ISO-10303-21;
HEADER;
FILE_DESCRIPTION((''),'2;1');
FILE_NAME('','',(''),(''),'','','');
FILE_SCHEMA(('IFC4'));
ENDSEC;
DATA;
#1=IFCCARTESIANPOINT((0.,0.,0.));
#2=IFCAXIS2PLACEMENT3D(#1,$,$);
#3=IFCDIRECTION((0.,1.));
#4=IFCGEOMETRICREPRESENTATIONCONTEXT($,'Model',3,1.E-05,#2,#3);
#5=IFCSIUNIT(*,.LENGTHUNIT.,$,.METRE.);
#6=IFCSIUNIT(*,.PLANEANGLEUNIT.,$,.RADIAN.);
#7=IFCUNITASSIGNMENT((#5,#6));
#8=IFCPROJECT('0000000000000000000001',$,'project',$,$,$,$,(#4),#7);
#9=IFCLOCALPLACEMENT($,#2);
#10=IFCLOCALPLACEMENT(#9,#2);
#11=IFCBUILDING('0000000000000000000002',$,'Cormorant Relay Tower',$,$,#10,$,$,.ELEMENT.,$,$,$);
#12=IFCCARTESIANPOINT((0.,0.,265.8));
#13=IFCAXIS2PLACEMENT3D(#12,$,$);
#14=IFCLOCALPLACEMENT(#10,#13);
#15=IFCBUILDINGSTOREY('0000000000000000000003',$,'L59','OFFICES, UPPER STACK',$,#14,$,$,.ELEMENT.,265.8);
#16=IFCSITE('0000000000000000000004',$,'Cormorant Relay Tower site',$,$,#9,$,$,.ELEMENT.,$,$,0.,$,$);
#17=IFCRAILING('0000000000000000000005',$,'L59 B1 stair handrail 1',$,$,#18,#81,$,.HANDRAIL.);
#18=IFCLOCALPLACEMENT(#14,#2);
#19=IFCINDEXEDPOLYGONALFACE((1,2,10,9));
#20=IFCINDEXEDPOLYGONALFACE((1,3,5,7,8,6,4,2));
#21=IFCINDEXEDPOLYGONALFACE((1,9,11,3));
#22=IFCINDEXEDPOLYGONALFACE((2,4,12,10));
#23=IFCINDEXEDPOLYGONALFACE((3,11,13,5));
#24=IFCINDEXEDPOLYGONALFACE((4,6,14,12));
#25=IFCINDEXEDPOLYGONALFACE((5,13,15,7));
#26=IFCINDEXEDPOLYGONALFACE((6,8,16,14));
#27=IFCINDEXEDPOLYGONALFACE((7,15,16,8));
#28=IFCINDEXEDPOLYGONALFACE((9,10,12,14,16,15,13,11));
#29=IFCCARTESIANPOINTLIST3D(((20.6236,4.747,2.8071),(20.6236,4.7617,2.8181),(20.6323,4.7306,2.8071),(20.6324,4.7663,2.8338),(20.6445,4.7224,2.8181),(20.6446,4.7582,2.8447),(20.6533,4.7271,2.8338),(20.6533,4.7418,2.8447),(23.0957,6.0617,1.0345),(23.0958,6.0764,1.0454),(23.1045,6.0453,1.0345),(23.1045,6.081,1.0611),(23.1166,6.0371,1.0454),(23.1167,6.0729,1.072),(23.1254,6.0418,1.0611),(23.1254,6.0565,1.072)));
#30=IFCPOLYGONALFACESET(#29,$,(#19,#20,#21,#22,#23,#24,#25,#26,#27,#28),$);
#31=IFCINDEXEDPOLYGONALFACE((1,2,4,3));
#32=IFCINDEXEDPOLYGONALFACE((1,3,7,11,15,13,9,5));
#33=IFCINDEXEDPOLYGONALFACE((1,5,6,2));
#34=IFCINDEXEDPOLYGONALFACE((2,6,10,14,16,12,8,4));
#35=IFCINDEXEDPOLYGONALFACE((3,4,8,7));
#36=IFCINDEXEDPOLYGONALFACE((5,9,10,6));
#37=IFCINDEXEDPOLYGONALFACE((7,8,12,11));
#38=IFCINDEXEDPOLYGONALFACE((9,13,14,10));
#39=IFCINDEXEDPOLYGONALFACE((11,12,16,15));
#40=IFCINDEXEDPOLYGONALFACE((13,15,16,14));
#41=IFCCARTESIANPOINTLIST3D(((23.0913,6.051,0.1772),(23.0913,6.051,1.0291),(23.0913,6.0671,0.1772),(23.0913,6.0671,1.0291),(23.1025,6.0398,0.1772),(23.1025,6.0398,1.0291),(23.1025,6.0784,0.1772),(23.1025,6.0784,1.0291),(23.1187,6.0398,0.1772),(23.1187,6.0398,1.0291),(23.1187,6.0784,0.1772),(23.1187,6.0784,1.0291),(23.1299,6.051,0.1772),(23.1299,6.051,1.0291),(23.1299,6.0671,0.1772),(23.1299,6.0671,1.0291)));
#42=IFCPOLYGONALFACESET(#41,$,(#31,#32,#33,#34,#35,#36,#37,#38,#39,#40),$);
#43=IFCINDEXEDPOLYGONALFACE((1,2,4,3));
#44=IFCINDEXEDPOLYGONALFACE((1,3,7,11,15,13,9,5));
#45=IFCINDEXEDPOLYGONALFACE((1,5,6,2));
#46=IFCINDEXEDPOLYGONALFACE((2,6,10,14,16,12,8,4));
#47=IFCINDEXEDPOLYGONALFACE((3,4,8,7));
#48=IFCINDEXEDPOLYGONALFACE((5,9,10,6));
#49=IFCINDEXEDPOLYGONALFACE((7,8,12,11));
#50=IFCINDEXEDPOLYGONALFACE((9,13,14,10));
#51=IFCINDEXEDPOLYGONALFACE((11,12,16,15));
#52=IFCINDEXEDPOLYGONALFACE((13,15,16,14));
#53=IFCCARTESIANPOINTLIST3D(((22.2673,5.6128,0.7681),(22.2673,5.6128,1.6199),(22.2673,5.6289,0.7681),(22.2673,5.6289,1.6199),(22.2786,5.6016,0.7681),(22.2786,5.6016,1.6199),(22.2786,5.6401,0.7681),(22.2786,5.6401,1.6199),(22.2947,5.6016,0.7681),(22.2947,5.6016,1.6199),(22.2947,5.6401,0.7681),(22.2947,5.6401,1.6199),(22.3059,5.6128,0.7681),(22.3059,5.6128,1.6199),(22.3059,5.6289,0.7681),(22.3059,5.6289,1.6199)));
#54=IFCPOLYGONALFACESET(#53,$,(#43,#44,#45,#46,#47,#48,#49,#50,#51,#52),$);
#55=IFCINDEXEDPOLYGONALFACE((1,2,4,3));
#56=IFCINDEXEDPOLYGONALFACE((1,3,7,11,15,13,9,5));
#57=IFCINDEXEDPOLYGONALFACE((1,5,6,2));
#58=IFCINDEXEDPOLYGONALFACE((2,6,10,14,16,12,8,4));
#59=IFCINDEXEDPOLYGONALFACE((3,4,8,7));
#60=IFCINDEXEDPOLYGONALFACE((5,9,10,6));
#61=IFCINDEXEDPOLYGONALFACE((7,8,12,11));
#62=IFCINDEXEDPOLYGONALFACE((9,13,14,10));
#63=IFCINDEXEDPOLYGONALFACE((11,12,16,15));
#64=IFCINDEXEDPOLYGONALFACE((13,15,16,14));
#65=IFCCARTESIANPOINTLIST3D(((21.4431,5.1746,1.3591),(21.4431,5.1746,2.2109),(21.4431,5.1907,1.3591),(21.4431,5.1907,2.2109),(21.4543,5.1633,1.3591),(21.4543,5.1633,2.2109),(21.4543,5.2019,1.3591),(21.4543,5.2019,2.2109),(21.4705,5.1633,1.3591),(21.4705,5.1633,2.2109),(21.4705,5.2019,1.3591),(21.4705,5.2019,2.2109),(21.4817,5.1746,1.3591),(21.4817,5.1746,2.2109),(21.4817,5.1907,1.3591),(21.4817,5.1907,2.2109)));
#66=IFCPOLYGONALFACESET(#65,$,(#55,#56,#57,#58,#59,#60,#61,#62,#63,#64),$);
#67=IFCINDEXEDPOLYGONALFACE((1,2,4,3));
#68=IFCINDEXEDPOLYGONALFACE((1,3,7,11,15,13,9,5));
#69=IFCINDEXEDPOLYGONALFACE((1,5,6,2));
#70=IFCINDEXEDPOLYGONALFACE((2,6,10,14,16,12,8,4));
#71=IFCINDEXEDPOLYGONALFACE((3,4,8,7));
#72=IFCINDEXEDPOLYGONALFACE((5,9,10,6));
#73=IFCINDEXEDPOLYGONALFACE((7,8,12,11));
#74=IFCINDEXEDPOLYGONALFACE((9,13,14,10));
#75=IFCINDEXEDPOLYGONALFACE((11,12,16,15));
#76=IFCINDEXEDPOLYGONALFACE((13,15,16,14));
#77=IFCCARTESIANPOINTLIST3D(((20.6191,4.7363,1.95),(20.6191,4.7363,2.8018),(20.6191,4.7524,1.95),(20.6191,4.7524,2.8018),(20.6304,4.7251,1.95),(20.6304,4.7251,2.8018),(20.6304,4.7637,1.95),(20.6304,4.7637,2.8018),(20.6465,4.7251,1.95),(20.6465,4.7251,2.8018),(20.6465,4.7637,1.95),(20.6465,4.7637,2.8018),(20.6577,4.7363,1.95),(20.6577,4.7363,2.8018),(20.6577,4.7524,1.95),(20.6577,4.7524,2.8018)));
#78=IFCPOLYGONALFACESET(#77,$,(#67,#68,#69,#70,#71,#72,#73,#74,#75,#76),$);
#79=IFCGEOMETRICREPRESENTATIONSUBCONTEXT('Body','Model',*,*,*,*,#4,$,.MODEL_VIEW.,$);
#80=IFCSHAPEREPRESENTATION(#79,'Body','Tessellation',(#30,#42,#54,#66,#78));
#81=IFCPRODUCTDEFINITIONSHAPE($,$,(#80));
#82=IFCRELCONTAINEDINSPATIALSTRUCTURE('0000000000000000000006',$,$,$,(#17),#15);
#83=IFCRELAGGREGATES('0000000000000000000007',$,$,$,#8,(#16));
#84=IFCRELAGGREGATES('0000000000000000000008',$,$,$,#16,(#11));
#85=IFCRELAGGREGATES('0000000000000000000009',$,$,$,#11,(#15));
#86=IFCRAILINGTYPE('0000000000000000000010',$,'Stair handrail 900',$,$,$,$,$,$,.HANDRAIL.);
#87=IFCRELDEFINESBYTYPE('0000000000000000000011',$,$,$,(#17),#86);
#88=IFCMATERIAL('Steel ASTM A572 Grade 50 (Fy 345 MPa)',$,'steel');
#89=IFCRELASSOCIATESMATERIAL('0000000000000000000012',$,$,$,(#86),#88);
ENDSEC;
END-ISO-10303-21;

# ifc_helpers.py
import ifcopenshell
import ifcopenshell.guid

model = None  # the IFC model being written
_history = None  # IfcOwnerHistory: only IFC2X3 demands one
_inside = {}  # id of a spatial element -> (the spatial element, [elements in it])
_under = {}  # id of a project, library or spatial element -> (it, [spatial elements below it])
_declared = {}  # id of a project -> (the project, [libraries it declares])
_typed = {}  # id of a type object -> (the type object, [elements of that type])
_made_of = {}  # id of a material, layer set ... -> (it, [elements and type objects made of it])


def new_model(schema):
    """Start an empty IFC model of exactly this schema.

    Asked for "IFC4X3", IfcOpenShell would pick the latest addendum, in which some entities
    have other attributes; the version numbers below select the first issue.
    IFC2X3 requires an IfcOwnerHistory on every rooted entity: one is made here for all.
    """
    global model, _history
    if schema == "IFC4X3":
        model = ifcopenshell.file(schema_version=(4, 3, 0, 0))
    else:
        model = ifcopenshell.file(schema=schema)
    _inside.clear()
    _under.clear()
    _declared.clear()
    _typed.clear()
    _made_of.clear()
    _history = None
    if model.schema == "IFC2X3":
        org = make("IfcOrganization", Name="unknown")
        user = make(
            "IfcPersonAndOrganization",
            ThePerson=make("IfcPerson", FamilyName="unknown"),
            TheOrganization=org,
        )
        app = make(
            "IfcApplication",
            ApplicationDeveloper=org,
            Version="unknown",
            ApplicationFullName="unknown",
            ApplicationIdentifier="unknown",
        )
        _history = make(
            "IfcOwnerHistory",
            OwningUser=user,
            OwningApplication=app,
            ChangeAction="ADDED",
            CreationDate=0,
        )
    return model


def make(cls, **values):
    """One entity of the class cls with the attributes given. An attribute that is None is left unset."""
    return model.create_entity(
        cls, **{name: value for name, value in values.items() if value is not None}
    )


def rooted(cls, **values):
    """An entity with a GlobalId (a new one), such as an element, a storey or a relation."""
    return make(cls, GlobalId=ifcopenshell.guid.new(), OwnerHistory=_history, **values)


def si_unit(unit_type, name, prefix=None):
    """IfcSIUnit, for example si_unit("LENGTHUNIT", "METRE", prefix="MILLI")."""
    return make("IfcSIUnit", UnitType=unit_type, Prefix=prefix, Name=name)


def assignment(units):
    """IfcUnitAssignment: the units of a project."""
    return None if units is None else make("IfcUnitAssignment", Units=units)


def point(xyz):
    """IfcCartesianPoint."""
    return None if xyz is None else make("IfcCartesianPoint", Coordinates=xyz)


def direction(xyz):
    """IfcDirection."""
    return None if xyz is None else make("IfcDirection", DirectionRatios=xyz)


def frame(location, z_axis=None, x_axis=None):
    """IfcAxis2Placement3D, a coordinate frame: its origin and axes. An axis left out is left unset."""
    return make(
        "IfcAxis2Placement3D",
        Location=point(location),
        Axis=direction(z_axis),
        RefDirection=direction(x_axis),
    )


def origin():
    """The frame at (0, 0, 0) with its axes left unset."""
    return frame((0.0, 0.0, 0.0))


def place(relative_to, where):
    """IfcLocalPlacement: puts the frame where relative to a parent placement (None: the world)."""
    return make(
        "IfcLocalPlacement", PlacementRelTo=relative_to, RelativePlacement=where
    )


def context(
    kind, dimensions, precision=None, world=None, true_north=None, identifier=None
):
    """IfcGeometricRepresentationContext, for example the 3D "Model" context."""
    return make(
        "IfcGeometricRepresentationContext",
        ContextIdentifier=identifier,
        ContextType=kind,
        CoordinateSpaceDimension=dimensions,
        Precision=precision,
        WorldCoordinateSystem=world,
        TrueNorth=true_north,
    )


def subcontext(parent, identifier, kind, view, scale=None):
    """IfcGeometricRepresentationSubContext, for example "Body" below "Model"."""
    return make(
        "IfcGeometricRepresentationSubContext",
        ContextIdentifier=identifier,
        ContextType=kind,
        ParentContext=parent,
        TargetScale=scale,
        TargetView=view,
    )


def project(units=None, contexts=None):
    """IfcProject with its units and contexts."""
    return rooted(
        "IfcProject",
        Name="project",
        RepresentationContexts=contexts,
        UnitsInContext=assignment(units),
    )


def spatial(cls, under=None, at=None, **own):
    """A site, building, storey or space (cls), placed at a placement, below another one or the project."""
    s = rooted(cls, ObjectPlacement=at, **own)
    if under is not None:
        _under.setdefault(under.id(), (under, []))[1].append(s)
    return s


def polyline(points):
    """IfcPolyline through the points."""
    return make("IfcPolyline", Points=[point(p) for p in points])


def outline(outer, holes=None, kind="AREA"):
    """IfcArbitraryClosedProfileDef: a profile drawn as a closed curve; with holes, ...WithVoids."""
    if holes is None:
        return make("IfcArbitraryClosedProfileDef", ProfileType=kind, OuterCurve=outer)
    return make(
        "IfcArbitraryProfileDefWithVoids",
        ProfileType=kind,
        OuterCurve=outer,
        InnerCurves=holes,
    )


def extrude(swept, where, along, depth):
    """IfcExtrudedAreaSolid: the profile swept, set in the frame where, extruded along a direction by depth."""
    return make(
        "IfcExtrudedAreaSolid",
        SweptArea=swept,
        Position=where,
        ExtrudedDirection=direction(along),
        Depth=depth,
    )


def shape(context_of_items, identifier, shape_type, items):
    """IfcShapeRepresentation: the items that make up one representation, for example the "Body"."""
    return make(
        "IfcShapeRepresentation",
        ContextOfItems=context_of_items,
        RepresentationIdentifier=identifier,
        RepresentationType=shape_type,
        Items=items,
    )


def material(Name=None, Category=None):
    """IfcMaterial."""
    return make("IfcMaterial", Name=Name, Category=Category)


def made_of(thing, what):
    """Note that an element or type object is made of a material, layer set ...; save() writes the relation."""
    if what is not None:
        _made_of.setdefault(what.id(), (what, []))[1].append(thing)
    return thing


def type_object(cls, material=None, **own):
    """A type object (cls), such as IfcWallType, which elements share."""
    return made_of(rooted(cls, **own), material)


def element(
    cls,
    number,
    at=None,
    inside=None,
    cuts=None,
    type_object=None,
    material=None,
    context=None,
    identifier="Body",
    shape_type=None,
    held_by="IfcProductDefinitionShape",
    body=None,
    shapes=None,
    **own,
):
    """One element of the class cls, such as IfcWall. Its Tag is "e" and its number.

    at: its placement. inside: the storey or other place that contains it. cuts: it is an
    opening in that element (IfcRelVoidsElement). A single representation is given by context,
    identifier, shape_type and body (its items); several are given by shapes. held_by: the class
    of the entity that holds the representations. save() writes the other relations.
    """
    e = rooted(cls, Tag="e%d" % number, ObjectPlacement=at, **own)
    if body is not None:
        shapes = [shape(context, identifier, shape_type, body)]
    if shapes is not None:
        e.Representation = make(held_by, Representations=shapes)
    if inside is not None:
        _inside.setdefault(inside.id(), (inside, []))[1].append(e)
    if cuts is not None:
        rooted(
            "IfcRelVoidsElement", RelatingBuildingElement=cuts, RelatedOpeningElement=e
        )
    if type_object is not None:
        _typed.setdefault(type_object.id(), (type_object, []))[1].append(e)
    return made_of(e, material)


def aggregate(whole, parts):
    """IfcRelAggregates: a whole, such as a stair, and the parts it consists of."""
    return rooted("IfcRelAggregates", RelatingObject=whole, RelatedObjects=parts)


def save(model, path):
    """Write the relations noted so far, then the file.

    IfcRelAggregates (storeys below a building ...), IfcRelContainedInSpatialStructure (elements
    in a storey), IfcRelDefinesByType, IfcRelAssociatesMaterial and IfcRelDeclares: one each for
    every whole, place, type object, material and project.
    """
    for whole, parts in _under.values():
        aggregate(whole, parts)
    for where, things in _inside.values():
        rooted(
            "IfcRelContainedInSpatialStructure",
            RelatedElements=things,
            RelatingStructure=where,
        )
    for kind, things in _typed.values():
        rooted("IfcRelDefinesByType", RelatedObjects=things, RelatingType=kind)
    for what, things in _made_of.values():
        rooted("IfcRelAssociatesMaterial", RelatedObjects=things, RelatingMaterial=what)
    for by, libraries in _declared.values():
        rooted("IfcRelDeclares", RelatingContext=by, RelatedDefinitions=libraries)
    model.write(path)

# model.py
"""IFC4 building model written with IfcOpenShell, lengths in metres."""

from ifc_helpers import new_model, si_unit, direction, frame, origin, place, context, subcontext, project, spatial, polyline, outline, extrude, material, type_object, element, save


model = new_model("IFC4")

# Units and contexts
model_context = context("Model", 3, precision=1e-05, world=origin(), true_north=direction((0.0, 1.0)))
body_context = subcontext(model_context, "Body", "Model", "MODEL_VIEW")
ifc_project = project(units=[si_unit("LENGTHUNIT", "METRE"), si_unit("PLANEANGLEUNIT", "RADIAN")], contexts=[model_context])

# Site, building, storey
site_placement = place(None, origin())
site = spatial("IfcSite", under=ifc_project, at=site_placement, Name="Cormorant Relay Tower site", CompositionType="ELEMENT", RefElevation=0.0)
building_placement = place(site_placement, origin())
building = spatial("IfcBuilding", under=site, at=building_placement, Name="Cormorant Relay Tower", CompositionType="ELEMENT")
storey_placement = place(building_placement, frame((0.0, 0.0, 265.8)))
storey = spatial("IfcBuildingStorey", under=building, at=storey_placement, Name="L59", Description="OFFICES, UPPER STACK", CompositionType="ELEMENT", Elevation=265.8)

# Railing
ifc_material_1 = material(Name="Steel ASTM A572 Grade 50 (Fy 345 MPa)", Category="steel")
railing_type = type_object("IfcRailingType", Name="Stair handrail 900", PredefinedType="HANDRAIL", material=ifc_material_1)
railing_placement = place(storey_placement, frame((23.1106, 6.0591, 0.1772)))
element("IfcRailing", 1, at=railing_placement, inside=storey, type_object=railing_type, Name="L59 B1 stair handrail 1", PredefinedType="HANDRAIL", context=body_context, shape_type="SweptSolid", body=[
    extrude(outline(polyline([(0.0222, 0.0093), (0.0093, 0.0222), (-0.0093, 0.0222), (-0.0222, 0.0093), (-0.0222, -0.0093), (-0.0093, -0.0222), (0.0093, -0.0222), (0.0222, -0.0093), (0.0222, 0.0093)])), frame((0.0, 0.0, 0.876), z_axis=(-0.745979, -0.396711, 0.534916), x_axis=(0.469533, -0.882915, 0.0)), (0.0, 0.0, 1.0), 3.314),
    extrude(outline(polyline([(0.0193, 0.0081), (0.0081, 0.0193), (-0.0081, 0.0193), (-0.0193, 0.0081), (-0.0193, -0.0081), (-0.0081, -0.0193), (0.0081, -0.0193), (0.0193, -0.0081), (0.0193, 0.0081)])), origin(), (0.0, 0.0, 1.0), 0.8518),
    extrude(outline(polyline([(0.0193, 0.0081), (0.0081, 0.0193), (-0.0081, 0.0193), (-0.0193, 0.0081), (-0.0193, -0.0081), (-0.0081, -0.0193), (0.0081, -0.0193), (0.0193, -0.0081), (0.0193, 0.0081)])), frame((-0.824, -0.4382, 0.5908)), (0.0, 0.0, 1.0), 0.8518),
    extrude(outline(polyline([(0.0193, 0.0081), (0.0081, 0.0193), (-0.0081, 0.0193), (-0.0193, 0.0081), (-0.0193, -0.0081), (-0.0081, -0.0193), (0.0081, -0.0193), (0.0193, -0.0081), (0.0193, 0.0081)])), frame((-1.6482, -0.8765, 1.1819)), (0.0, 0.0, 1.0), 0.8518),
    extrude(outline(polyline([(0.0193, 0.0081), (0.0081, 0.0193), (-0.0081, 0.0193), (-0.0193, 0.0081), (-0.0193, -0.0081), (-0.0081, -0.0193), (0.0081, -0.0193), (0.0193, -0.0081), (0.0193, 0.0081)])), frame((-2.4722, -1.3147, 1.7727)), (0.0, 0.0, 1.0), 0.8518),
])

save(model, "model.ifc")
